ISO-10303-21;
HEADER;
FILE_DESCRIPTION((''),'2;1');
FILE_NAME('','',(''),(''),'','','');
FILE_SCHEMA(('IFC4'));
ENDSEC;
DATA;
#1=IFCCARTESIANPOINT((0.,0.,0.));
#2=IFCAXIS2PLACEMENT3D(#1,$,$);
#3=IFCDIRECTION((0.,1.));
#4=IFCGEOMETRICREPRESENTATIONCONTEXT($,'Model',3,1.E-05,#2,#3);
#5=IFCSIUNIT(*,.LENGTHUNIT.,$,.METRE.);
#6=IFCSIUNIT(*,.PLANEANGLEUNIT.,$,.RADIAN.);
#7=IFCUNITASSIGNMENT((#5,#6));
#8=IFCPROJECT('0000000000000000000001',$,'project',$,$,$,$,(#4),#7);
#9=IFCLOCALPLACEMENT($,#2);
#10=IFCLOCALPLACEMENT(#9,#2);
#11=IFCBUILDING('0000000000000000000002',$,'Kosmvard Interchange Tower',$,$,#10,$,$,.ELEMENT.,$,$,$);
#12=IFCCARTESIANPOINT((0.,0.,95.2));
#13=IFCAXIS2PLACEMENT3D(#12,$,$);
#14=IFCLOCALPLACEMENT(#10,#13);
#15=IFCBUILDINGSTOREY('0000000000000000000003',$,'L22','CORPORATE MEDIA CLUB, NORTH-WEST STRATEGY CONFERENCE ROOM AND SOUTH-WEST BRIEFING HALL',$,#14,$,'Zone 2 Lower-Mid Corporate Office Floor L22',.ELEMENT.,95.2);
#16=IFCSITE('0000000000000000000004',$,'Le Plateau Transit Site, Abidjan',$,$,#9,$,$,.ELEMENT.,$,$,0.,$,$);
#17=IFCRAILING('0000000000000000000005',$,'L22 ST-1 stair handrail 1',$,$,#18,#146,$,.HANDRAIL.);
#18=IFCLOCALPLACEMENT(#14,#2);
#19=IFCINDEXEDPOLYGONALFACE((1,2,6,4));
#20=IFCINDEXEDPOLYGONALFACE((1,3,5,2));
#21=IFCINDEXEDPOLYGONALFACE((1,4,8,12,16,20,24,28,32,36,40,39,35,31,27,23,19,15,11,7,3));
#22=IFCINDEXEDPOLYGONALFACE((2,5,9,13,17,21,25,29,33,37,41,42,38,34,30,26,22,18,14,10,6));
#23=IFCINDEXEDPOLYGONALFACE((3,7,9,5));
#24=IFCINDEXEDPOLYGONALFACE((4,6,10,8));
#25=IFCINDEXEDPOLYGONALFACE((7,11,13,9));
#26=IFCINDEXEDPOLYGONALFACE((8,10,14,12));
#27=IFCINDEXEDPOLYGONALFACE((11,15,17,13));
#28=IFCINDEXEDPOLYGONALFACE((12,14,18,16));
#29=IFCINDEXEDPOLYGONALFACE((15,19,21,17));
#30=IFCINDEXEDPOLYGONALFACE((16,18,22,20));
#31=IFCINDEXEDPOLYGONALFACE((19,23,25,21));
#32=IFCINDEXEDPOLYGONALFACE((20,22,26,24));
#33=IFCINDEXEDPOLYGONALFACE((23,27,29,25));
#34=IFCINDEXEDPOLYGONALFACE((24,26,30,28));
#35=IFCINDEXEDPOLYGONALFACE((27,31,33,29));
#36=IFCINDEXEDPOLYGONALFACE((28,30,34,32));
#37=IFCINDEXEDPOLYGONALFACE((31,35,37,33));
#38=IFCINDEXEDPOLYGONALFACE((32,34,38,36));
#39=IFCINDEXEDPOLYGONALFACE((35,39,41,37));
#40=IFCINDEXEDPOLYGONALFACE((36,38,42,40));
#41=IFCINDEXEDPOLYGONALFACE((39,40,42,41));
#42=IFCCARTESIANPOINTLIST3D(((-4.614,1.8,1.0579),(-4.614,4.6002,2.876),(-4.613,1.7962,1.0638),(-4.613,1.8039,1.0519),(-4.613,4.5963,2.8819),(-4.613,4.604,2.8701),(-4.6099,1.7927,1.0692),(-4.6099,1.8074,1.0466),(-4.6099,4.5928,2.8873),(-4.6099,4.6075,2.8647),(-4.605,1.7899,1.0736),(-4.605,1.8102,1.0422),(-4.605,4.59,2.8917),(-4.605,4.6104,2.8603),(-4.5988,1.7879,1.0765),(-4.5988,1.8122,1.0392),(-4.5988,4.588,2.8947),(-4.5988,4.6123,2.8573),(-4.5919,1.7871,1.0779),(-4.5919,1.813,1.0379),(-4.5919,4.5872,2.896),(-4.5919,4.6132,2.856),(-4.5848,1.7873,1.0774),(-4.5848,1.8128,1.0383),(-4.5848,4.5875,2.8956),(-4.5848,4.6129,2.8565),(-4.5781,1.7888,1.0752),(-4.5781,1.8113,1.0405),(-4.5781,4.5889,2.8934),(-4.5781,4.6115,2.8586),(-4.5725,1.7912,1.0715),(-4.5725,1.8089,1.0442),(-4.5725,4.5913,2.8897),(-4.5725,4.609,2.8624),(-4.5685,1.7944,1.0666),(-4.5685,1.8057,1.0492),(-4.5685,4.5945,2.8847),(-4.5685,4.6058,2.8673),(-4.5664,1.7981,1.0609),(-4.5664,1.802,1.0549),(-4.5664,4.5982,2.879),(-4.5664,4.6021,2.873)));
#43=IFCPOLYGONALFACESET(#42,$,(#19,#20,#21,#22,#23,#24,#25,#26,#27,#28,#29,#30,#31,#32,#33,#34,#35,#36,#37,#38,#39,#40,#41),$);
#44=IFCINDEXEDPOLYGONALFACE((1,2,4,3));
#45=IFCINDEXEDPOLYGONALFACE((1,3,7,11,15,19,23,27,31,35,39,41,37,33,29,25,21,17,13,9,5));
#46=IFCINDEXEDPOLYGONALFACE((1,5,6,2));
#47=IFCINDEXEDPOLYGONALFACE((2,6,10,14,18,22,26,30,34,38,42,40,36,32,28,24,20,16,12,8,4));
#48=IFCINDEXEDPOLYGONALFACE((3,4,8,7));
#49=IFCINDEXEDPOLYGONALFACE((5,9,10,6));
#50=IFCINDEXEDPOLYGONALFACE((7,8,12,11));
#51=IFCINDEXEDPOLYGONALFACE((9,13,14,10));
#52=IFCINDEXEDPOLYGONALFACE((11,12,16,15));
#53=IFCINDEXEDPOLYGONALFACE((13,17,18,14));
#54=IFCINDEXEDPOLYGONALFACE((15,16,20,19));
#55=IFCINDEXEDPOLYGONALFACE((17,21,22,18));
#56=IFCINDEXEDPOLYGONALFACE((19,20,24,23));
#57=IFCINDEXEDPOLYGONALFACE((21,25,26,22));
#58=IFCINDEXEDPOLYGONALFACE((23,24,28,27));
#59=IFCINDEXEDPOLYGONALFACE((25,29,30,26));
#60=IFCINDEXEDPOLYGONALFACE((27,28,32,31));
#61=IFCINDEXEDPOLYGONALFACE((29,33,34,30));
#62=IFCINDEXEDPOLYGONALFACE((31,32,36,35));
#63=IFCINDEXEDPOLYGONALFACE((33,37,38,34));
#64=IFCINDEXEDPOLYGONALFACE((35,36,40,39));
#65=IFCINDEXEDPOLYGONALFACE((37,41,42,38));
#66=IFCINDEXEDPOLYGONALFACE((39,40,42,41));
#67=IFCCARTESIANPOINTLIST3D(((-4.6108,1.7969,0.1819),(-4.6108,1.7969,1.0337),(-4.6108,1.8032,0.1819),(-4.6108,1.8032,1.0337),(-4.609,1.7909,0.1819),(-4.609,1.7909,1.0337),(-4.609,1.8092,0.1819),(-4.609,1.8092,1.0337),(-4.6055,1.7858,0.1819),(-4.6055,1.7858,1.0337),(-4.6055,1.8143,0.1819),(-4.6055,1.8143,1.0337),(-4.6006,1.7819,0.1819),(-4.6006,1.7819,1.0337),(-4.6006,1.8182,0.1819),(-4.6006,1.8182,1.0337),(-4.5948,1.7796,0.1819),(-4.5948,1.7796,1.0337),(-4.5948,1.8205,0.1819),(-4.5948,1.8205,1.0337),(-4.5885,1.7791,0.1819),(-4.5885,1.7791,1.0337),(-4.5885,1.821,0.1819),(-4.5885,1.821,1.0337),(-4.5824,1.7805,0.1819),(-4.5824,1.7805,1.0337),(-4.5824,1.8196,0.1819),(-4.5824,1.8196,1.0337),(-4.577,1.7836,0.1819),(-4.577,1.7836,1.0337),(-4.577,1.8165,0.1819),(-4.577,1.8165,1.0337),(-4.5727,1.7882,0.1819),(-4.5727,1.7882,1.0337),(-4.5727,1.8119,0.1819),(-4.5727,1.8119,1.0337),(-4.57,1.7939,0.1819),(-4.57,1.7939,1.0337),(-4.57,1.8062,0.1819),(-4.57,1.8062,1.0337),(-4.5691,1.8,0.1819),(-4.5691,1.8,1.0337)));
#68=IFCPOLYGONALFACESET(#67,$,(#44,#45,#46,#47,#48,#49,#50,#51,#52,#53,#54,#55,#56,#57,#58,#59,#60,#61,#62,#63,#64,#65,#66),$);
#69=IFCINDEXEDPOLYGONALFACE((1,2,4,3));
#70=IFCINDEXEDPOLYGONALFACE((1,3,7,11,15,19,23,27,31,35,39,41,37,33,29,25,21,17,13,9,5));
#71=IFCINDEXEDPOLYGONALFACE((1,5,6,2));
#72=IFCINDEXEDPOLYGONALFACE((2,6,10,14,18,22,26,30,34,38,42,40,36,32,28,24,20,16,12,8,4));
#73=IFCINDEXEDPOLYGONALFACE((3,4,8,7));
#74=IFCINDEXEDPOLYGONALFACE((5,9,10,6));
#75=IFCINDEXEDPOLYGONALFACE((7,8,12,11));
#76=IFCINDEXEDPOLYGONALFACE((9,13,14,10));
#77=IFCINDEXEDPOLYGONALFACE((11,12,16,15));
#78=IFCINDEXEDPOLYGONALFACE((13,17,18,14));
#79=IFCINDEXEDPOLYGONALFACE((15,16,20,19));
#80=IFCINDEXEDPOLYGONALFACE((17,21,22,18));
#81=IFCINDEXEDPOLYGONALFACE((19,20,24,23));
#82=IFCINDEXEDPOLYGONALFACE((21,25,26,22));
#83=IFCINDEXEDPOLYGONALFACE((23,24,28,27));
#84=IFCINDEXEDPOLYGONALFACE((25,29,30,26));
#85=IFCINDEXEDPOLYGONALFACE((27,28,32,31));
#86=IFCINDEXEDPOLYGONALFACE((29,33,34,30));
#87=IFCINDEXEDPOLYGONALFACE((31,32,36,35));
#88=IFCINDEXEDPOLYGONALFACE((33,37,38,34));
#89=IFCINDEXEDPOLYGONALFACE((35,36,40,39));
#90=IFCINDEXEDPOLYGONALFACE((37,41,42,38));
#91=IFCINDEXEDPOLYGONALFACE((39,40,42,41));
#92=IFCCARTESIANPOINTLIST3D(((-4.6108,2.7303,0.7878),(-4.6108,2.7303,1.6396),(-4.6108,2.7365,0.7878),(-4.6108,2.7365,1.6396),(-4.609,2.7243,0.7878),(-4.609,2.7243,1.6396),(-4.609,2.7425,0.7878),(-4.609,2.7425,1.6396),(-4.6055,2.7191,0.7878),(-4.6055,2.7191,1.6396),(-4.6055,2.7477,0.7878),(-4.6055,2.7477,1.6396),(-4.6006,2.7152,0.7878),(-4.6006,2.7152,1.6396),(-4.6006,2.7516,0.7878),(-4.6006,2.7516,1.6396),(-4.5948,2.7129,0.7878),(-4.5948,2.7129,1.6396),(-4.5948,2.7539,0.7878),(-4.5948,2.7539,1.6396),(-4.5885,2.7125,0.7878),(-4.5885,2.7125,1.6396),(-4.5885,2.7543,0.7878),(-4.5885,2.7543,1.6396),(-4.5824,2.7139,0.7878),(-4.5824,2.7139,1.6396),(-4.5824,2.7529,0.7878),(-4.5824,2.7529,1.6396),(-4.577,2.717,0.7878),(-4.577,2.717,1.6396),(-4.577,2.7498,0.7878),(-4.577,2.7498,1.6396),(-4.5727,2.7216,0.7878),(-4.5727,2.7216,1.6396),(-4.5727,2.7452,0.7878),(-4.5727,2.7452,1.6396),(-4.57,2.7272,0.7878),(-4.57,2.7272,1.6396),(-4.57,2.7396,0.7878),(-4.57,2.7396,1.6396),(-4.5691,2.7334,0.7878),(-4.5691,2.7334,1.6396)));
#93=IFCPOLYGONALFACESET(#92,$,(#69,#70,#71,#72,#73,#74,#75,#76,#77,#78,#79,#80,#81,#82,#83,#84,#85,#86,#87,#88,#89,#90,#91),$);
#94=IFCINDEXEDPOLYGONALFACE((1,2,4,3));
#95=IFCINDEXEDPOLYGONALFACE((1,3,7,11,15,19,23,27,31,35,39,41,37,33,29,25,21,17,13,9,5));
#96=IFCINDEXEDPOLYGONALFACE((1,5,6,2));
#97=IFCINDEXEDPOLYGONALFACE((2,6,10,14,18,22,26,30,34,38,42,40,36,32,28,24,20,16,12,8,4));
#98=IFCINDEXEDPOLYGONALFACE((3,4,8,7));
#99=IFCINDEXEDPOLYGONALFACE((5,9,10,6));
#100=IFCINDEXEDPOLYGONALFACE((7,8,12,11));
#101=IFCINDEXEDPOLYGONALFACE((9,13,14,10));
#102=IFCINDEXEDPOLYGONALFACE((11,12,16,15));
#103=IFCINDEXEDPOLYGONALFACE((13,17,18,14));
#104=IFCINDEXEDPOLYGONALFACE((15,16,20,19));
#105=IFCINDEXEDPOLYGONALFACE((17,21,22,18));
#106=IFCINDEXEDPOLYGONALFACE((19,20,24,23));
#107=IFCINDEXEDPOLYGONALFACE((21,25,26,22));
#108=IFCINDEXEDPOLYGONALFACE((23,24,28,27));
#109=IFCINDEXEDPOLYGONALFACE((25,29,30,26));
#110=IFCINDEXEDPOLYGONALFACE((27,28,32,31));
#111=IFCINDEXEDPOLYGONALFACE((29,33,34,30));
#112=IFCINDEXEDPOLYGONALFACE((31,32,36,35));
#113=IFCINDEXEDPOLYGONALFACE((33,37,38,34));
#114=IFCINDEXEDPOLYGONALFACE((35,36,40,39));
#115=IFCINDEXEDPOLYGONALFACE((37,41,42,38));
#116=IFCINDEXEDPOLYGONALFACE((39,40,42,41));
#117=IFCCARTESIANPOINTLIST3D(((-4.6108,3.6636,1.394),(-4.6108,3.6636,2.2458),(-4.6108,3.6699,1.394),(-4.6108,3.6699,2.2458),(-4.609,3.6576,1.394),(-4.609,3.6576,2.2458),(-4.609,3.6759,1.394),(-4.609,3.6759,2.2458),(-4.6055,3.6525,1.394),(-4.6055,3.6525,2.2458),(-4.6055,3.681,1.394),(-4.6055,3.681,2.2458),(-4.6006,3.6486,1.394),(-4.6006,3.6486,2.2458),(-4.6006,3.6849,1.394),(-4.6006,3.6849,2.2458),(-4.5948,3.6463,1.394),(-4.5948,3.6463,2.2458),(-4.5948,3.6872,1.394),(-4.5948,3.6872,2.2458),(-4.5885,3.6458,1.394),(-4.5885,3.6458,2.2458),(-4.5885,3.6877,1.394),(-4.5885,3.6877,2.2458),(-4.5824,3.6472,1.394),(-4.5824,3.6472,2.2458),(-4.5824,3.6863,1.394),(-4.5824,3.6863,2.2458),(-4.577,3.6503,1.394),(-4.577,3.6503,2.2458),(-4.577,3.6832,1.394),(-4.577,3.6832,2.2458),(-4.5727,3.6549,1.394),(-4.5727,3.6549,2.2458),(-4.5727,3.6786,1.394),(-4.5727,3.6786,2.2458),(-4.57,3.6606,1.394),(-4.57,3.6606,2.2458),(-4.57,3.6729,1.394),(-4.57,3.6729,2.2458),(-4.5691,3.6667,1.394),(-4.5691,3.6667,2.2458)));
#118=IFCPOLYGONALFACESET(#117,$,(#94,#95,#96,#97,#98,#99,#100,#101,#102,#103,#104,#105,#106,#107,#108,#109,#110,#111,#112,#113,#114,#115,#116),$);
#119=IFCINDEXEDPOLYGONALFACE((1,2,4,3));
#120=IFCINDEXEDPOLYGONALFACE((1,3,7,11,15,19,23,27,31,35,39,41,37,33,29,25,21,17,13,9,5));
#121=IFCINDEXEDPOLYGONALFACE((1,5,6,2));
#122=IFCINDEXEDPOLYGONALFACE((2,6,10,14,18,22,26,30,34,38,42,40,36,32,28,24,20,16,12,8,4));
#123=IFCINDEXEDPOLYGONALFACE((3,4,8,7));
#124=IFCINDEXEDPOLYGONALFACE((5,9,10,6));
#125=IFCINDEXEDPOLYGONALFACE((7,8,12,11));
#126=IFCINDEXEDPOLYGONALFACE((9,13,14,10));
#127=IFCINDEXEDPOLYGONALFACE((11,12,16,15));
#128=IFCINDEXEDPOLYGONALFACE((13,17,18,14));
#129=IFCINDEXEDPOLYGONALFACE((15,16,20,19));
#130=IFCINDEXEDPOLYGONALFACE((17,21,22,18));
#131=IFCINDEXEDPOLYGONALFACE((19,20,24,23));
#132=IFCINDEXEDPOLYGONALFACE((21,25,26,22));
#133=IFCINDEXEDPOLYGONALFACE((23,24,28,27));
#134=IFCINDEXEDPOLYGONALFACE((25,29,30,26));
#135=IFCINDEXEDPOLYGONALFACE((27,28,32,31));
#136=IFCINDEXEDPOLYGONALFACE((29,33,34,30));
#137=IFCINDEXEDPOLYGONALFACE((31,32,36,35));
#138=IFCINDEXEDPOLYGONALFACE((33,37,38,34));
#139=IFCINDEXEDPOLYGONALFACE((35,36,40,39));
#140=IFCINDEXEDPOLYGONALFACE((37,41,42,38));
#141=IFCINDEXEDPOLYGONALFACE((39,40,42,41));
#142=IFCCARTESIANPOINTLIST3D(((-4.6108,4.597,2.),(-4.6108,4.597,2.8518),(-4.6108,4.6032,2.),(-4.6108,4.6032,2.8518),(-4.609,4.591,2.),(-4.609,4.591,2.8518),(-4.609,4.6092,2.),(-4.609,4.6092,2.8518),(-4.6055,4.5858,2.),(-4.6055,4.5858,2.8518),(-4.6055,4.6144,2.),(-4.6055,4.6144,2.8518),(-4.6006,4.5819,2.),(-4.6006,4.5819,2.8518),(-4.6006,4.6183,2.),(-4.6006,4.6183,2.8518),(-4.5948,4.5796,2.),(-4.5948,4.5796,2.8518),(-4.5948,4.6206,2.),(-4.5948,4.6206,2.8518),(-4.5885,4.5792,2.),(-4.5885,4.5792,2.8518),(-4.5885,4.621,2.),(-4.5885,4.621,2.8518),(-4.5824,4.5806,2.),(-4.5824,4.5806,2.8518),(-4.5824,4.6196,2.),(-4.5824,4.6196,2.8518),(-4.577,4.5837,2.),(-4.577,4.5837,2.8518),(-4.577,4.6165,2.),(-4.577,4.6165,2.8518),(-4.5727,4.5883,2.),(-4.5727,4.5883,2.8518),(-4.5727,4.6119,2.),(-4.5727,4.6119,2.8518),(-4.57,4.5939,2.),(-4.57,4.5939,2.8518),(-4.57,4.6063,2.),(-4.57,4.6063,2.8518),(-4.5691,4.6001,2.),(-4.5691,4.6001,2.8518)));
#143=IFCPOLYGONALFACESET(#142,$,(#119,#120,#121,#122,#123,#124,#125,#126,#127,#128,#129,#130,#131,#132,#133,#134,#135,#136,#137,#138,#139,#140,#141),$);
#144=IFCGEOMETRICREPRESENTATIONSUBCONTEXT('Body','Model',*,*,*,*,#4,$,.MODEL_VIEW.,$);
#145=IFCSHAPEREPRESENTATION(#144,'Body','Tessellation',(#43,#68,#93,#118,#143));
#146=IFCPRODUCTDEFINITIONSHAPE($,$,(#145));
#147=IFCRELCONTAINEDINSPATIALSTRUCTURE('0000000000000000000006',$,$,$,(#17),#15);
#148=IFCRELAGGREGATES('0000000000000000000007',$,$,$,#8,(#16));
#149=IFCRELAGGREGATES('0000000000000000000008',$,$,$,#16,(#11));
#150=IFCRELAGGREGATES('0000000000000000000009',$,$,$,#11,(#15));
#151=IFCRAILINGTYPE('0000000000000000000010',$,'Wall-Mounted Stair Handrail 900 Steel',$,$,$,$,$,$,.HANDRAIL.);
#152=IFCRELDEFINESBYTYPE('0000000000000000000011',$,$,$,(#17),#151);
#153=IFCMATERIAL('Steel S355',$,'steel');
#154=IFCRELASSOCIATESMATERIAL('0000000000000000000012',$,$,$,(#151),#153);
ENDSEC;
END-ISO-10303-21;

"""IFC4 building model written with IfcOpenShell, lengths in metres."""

from ifc_helpers import new_model, si_unit, direction, frame, origin, origin_2d, place, context, subcontext, project, spatial, circle, extrude, source, transform, mapped, material, type_object, element, save


model = new_model("IFC4")

# Units and contexts
model_context = context("Model", 3, precision=1e-05, world=origin(), true_north=direction((0.0, 1.0)))
body_context = subcontext(model_context, "Body", "Model", "MODEL_VIEW")
ifc_project = project(units=[si_unit("LENGTHUNIT", "METRE"), si_unit("PLANEANGLEUNIT", "RADIAN")], contexts=[model_context])

# Site, building, storey
site_placement = place(None, origin())
site = spatial("IfcSite", under=ifc_project, at=site_placement, Name="Le Plateau Transit Site, Abidjan", CompositionType="ELEMENT", RefElevation=0.0)
building_placement = place(site_placement, origin())
building = spatial("IfcBuilding", under=site, at=building_placement, Name="Kosmvard Interchange Tower", CompositionType="ELEMENT")
storey_placement = place(building_placement, frame((0.0, 0.0, 95.2)))
storey = spatial("IfcBuildingStorey", under=building, at=storey_placement, Name="L22", Description="CORPORATE MEDIA CLUB, NORTH-WEST STRATEGY CONFERENCE ROOM AND SOUTH-WEST BRIEFING HALL", LongName="Zone 2 Lower-Mid Corporate Office Floor L22", CompositionType="ELEMENT", Elevation=95.2)

# Shared definitions
ifc_material_1 = material(Name="Steel S355", Category="steel")

# Railing
railing_type_1 = type_object("IfcRailingType", Name="Wall-Mounted Stair Handrail 900 Steel", PredefinedType="HANDRAIL", material=ifc_material_1)
shared_shape_1 = source(origin(), body_context, "Body", "SweptSolid", [
    extrude(circle(Radius=0.0239, at=origin_2d()), frame((0.0, 0.0, 0.876), z_axis=(0.0, 0.838706, 0.544585), x_axis=(-1.0, 0.0, 0.0)), (0.0, 0.0, 1.0), 3.3386),
    extrude(circle(Radius=0.021, at=origin_2d()), origin(), (0.0, 0.0, 1.0), 0.8518),
    extrude(circle(Radius=0.021, at=origin_2d()), frame((0.0, 0.9333, 0.606)), (0.0, 0.0, 1.0), 0.8518),
    extrude(circle(Radius=0.021, at=origin_2d()), frame((0.0, 1.8667, 1.2122)), (0.0, 0.0, 1.0), 0.8518),
    extrude(circle(Radius=0.021, at=origin_2d()), frame((0.0, 2.8, 1.8181)), (0.0, 0.0, 1.0), 0.8518),
])
railing_1_placement = place(storey_placement, frame((-4.5901, 1.8, 0.1819)))
element("IfcRailing", 1, at=railing_1_placement, inside=storey, type_object=railing_type_1, Name="L22 ST-1 stair handrail 1", PredefinedType="HANDRAIL", context=body_context, shape_type="MappedRepresentation", body=[
    mapped(shared_shape_1, transform((0.0, 0.0, 0.0), scale=1.0)),
])

save(model, "model.ifc")
